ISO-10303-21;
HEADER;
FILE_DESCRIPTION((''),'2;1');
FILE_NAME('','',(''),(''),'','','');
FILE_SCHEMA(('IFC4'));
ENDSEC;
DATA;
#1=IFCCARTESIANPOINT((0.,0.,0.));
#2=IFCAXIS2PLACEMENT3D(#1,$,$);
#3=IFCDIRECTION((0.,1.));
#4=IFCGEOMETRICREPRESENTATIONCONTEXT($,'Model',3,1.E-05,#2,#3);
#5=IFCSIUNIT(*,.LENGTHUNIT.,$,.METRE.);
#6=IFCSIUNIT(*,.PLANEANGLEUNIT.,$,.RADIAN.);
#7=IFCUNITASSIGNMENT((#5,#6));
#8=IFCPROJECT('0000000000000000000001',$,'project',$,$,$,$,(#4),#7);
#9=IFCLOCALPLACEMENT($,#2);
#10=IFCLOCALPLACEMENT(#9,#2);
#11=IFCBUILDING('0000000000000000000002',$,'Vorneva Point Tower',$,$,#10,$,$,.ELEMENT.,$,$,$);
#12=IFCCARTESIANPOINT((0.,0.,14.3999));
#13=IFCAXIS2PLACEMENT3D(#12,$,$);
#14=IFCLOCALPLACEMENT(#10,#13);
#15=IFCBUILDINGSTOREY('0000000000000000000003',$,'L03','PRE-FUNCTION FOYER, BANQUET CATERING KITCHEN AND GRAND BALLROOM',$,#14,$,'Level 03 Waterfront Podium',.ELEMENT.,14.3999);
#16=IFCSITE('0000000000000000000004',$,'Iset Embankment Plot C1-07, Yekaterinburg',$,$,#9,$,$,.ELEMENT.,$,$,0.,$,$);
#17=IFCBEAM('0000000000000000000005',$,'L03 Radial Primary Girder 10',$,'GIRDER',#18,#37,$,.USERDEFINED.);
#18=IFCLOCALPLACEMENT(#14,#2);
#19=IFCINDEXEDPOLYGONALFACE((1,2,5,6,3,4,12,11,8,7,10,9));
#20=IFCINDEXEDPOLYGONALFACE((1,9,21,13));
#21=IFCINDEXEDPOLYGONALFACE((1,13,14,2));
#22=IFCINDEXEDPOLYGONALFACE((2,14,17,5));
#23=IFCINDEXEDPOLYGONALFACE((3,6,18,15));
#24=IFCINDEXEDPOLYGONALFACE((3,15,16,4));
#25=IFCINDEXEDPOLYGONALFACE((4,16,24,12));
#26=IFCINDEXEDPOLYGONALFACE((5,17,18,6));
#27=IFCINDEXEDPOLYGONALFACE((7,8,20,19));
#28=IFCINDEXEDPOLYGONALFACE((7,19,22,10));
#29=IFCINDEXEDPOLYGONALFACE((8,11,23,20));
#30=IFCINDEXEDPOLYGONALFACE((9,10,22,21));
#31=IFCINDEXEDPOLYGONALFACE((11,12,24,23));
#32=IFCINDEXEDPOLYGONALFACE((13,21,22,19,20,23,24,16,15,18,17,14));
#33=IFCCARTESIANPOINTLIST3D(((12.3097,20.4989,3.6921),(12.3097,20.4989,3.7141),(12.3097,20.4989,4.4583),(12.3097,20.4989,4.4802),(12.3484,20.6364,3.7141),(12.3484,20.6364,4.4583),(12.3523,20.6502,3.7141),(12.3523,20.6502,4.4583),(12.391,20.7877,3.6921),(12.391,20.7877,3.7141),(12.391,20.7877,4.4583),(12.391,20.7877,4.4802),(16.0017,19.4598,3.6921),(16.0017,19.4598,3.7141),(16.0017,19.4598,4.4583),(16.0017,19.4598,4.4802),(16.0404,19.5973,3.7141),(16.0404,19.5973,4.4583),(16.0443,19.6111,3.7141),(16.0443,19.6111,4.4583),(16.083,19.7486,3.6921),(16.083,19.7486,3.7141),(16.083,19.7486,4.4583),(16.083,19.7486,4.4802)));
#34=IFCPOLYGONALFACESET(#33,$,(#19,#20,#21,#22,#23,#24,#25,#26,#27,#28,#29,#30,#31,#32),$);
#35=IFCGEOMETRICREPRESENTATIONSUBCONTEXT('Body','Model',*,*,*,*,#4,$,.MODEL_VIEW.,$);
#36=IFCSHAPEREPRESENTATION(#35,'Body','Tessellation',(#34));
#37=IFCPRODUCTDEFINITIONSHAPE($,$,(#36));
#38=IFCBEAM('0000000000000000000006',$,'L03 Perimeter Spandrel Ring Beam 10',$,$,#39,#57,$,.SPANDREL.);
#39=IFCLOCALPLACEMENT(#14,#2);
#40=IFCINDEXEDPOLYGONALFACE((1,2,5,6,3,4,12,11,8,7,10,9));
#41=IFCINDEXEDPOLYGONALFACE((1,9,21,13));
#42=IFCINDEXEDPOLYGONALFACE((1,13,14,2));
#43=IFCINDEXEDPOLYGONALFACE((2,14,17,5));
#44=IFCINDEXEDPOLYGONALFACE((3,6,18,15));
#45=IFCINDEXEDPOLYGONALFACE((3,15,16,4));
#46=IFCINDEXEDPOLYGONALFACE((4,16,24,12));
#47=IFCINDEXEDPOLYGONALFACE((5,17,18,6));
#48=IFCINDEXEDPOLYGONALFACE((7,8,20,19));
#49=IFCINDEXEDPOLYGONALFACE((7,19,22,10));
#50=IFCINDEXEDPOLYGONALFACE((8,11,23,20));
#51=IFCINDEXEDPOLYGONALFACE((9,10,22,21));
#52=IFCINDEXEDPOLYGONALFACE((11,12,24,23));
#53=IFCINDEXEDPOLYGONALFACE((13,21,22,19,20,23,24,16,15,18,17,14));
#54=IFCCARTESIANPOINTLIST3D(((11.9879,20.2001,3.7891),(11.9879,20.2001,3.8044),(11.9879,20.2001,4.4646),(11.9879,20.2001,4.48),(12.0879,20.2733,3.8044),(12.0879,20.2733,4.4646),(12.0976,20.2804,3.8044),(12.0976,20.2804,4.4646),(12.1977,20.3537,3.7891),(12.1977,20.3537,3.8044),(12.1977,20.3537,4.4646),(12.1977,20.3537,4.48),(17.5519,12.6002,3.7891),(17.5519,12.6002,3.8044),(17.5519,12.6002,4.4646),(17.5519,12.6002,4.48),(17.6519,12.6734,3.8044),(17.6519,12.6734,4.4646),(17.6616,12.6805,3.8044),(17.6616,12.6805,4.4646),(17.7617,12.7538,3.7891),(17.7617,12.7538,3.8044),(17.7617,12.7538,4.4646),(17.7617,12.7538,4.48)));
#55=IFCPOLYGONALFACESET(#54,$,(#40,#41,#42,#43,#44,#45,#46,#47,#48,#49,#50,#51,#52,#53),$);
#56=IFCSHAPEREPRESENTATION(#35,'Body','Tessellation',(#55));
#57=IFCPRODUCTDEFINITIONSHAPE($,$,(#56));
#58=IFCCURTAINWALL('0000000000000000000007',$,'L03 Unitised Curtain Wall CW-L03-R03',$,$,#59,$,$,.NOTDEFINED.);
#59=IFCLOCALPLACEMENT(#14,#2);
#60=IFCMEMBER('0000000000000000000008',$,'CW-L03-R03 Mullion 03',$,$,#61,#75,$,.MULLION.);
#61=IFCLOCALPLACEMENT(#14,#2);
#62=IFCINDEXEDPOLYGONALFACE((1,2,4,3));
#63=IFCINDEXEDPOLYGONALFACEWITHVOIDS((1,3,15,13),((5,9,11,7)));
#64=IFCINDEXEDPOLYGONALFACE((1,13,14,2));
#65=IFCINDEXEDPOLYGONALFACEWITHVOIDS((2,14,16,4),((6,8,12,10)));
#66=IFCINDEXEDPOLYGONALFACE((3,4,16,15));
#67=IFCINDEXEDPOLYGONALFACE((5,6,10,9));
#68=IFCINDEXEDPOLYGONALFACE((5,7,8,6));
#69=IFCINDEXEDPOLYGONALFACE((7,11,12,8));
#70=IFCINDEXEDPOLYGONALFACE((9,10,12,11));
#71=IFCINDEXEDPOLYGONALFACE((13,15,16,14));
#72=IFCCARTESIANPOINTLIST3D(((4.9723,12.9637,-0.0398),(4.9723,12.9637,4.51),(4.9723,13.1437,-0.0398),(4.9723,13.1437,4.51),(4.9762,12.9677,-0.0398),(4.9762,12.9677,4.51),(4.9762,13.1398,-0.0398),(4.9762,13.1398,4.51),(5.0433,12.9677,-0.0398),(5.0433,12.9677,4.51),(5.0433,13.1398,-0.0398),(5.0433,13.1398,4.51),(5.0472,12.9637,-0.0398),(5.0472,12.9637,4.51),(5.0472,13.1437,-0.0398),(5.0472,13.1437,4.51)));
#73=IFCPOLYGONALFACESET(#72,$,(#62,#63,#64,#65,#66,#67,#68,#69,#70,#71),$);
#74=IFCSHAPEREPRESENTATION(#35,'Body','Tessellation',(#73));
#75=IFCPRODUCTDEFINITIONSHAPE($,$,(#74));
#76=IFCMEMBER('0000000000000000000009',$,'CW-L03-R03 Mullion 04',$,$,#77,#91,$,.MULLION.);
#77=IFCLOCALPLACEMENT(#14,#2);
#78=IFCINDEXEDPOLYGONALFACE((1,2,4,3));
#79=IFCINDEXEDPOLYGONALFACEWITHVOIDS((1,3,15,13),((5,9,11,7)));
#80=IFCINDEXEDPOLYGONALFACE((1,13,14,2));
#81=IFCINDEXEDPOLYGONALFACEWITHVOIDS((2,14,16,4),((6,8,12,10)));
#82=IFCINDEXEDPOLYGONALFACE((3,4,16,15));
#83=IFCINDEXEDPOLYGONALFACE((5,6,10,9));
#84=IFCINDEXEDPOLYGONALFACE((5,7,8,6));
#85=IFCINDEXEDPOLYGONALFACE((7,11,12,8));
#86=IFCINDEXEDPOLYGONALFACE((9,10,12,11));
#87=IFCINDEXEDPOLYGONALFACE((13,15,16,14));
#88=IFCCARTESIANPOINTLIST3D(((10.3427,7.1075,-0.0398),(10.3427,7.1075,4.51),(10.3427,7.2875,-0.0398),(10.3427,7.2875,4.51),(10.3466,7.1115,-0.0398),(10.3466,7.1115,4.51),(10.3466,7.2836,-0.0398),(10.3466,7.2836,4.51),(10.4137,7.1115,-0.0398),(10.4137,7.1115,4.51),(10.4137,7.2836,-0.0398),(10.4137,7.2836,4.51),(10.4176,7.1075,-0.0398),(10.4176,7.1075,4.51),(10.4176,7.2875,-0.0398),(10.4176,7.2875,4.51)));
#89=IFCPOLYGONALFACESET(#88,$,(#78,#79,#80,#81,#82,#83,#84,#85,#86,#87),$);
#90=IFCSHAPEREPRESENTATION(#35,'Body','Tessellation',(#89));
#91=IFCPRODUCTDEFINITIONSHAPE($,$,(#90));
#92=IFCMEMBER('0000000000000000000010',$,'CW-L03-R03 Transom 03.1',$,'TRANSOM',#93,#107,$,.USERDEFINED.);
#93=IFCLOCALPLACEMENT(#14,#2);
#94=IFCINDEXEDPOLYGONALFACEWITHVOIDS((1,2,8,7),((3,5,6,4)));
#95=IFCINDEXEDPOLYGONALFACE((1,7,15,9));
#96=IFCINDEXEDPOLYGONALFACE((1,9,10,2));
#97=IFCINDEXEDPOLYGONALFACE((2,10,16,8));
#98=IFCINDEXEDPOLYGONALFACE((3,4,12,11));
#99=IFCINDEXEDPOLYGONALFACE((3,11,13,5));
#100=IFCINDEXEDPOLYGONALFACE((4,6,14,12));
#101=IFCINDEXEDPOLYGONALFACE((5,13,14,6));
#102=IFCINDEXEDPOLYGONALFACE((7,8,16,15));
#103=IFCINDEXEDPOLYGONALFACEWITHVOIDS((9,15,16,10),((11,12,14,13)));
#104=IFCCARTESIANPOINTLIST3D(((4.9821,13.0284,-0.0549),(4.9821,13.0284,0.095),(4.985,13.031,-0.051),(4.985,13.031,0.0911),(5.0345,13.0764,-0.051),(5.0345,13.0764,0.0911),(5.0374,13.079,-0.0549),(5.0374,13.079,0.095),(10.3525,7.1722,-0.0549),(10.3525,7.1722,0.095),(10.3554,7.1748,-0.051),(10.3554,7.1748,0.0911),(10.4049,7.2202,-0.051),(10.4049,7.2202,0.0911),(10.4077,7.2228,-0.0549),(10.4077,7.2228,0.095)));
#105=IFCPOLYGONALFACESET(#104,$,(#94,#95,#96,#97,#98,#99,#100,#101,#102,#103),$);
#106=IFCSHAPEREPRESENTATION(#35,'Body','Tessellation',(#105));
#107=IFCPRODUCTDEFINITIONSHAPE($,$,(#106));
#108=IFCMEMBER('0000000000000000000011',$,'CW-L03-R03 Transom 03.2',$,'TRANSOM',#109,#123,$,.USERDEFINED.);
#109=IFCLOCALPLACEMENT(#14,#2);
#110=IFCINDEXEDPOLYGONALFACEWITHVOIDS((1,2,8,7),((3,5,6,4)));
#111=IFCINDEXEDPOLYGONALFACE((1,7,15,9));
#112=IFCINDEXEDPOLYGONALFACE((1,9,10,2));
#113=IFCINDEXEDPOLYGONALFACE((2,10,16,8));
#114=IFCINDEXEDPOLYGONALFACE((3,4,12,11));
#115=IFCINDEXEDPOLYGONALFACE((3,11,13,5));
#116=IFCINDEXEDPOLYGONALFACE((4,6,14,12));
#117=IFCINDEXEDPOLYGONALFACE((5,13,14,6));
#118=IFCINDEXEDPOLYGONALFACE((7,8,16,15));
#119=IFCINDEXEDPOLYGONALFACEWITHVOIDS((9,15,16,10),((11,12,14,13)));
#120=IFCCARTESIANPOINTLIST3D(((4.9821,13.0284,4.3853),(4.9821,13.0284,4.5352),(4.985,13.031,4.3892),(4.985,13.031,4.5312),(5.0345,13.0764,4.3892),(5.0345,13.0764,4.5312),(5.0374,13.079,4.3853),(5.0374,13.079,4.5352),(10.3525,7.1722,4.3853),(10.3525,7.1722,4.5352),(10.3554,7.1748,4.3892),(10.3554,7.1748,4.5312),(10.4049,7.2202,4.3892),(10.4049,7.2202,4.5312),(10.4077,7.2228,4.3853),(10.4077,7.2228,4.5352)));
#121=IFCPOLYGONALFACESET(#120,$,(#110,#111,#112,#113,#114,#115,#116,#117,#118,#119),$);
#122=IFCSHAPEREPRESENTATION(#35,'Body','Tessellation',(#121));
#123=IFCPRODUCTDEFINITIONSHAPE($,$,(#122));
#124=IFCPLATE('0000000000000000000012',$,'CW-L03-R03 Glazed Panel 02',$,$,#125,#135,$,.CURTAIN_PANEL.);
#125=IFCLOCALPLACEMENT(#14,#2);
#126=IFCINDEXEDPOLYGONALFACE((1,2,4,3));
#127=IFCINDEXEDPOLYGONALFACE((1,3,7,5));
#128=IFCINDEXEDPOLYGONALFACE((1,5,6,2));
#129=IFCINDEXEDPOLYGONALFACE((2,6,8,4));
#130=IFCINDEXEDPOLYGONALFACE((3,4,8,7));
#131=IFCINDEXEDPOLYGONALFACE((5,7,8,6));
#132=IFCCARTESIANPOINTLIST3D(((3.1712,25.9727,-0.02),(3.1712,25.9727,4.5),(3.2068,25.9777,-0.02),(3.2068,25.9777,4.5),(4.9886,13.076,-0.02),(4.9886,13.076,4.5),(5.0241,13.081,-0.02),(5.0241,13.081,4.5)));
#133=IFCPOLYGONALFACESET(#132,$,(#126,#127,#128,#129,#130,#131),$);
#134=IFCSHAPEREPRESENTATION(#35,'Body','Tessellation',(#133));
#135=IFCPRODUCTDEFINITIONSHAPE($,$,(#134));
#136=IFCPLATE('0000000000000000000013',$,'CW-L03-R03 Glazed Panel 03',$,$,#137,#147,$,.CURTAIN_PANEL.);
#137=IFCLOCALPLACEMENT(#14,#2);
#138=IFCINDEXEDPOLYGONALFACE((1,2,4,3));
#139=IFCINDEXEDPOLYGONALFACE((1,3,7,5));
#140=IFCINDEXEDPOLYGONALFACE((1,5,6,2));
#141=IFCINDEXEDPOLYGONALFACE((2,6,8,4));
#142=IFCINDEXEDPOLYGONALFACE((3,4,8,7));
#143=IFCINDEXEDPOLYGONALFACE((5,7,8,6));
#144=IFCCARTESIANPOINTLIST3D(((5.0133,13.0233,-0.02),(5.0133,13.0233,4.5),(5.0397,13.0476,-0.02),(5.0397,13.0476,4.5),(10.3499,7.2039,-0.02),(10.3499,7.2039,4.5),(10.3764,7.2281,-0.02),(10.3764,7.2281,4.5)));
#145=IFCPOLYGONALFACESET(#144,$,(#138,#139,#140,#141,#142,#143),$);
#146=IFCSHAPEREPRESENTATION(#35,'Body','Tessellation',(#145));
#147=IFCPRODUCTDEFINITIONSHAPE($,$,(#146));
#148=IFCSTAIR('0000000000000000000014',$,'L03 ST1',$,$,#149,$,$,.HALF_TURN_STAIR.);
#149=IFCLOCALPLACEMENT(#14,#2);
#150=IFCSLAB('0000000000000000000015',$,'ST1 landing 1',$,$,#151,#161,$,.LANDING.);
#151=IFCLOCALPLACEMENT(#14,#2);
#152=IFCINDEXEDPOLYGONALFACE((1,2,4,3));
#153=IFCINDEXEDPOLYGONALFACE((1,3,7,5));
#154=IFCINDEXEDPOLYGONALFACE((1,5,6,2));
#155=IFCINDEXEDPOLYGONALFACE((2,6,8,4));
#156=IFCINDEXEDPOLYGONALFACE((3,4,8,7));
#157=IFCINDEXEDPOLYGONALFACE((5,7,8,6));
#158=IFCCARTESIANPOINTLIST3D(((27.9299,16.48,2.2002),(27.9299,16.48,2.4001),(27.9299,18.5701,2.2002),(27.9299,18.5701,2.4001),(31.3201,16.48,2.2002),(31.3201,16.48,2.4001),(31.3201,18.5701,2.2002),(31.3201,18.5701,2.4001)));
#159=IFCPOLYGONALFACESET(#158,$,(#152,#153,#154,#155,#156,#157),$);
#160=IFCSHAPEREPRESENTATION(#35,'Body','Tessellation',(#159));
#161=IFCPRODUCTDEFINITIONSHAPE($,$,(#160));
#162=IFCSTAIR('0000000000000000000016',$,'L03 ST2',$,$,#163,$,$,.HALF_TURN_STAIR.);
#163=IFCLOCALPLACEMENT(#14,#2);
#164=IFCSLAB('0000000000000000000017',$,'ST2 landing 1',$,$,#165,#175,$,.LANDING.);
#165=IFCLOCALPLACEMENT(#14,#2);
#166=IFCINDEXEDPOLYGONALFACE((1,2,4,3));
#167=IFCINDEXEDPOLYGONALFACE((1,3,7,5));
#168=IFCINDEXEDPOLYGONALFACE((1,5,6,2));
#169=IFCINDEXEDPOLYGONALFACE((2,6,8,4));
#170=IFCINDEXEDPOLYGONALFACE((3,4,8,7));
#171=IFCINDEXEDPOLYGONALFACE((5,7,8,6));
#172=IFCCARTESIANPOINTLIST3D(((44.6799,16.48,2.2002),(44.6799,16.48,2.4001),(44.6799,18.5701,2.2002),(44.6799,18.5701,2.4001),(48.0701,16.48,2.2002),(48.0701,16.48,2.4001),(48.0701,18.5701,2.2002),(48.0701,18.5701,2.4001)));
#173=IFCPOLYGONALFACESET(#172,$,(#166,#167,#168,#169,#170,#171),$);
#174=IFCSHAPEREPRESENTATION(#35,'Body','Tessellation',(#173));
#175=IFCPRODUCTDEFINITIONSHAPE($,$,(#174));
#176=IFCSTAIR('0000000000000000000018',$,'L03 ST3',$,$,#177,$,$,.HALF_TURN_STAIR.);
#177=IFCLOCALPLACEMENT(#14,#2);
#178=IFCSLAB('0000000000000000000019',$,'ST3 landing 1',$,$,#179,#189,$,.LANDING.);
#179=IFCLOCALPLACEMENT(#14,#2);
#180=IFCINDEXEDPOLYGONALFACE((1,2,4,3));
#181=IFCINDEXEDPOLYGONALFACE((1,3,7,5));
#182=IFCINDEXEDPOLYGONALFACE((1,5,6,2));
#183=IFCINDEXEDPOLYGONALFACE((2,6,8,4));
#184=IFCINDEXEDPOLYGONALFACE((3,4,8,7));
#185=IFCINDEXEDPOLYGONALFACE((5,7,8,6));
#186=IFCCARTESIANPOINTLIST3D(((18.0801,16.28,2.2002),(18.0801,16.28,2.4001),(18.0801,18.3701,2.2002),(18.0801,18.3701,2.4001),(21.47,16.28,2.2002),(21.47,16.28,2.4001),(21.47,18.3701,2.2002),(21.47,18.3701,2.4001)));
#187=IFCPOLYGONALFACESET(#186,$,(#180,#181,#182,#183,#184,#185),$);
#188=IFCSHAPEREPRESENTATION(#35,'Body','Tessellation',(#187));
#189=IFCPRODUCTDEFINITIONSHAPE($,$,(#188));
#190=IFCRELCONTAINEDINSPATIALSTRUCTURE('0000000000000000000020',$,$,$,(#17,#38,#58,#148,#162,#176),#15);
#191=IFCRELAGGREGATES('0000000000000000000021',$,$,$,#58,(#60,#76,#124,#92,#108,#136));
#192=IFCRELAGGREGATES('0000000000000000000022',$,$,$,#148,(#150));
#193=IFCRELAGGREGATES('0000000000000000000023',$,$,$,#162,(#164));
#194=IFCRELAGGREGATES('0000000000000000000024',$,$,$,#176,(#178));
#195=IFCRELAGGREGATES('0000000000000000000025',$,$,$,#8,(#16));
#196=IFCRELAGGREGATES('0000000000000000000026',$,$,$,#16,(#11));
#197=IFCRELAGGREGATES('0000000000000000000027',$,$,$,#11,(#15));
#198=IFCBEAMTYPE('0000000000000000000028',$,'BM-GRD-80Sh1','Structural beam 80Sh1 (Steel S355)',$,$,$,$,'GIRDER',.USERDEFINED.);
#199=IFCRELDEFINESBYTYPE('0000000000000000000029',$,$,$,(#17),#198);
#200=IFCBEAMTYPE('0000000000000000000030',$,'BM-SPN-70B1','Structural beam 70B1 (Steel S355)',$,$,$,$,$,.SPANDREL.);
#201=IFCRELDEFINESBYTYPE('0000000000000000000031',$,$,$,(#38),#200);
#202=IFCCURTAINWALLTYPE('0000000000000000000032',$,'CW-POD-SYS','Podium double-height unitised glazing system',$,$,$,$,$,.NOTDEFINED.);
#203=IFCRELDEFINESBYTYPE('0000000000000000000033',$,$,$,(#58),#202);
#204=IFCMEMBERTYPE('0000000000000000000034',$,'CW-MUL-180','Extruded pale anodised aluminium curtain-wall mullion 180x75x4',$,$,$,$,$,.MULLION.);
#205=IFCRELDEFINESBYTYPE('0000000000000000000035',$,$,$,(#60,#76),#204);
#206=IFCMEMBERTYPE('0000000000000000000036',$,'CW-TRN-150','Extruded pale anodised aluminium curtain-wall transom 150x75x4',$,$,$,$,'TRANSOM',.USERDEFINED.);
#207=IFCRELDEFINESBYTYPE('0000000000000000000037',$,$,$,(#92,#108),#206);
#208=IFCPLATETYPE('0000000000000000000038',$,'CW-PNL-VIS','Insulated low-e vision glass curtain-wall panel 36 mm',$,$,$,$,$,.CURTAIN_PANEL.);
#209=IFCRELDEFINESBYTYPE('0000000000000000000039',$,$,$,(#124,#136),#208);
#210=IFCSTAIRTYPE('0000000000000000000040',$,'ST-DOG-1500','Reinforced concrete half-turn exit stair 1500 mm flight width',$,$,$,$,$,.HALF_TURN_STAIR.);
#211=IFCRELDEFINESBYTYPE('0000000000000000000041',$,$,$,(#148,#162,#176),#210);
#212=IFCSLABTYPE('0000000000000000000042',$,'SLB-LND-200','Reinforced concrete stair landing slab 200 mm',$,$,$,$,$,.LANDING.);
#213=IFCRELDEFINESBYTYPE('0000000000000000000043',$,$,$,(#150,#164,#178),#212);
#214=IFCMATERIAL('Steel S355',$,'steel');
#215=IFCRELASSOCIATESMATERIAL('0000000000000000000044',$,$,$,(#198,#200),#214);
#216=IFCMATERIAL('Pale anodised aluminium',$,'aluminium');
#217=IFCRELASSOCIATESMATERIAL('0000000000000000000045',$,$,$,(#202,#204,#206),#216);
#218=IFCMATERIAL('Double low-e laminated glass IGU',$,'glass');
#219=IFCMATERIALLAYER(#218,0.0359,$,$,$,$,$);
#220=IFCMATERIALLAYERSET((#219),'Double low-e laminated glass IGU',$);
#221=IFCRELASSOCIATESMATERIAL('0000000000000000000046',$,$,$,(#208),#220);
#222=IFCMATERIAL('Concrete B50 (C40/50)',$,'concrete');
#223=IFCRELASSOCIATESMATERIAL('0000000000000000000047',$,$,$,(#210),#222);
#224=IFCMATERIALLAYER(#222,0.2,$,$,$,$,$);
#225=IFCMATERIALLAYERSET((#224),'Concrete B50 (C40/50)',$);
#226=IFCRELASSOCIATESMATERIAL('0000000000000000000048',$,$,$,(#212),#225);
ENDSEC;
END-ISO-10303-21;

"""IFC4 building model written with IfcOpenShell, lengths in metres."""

from ifc_helpers import new_model, si_unit, direction, frame, origin, origin_2d, place, context, subcontext, project, spatial, polyline, rectangle, hollow_rectangle, i_section, outline, extrude, material, layer, layer_set, material_profile, profile_set, type_object, element, aggregate, save


model = new_model("IFC4")

# Units and contexts
model_context = context("Model", 3, precision=1e-05, world=origin(), true_north=direction((0.0, 1.0)))
body_context = subcontext(model_context, "Body", "Model", "MODEL_VIEW")
ifc_project = project(units=[si_unit("LENGTHUNIT", "METRE"), si_unit("PLANEANGLEUNIT", "RADIAN")], contexts=[model_context])

# Site, building, storey
site_placement = place(None, origin())
site = spatial("IfcSite", under=ifc_project, at=site_placement, Name="Iset Embankment Plot C1-07, Yekaterinburg", CompositionType="ELEMENT", RefElevation=0.0)
building_placement = place(site_placement, origin())
building = spatial("IfcBuilding", under=site, at=building_placement, Name="Vorneva Point Tower", CompositionType="ELEMENT")
storey_placement = place(building_placement, frame((0.0, 0.0, 14.3999)))
storey = spatial("IfcBuildingStorey", under=building, at=storey_placement, Name="L03", Description="PRE-FUNCTION FOYER, BANQUET CATERING KITCHEN AND GRAND BALLROOM", LongName="Level 03 Waterfront Podium", CompositionType="ELEMENT", Elevation=14.3999)

# Beams
ifc_material_1 = material(Name="Steel S355", Category="steel")
ifc_material_profile_1 = material_profile(ifc_material_1, i_section(OverallWidth=0.3, OverallDepth=0.7881, WebThickness=0.0144, FlangeThickness=0.022, at=origin_2d()), Name="80Sh1")
ifc_profile_set_1 = profile_set([ifc_material_profile_1], Name="Steel S355")
beam_type_1 = type_object("IfcBeamType", Name="BM-GRD-80Sh1", Description="Structural beam 80Sh1 (Steel S355)", ElementType="GIRDER", PredefinedType="USERDEFINED", material=ifc_profile_set_1)
beam_1_placement = place(storey_placement, frame((12.3503, 20.6433, 4.0862), z_axis=(0.962602, -0.270919, 0.0), x_axis=(0.270919, 0.962602, 0.0)))
element("IfcBeam", 1, at=beam_1_placement, inside=storey, type_object=beam_type_1, Name="L03 Radial Primary Girder 10", ObjectType="GIRDER", PredefinedType="USERDEFINED", context=body_context, shape_type="SweptSolid", body=[
    extrude(i_section(OverallWidth=0.3, OverallDepth=0.7881, WebThickness=0.0144, FlangeThickness=0.022, at=origin_2d()), origin(), (0.0, 0.0, 1.0), 3.8354),
])
ifc_material_profile_2 = material_profile(ifc_material_1, i_section(OverallWidth=0.26, OverallDepth=0.6909, WebThickness=0.012, FlangeThickness=0.0154, at=origin_2d()), Name="70B1")
ifc_profile_set_2 = profile_set([ifc_material_profile_2], Name="Steel S355")
beam_type_2 = type_object("IfcBeamType", Name="BM-SPN-70B1", Description="Structural beam 70B1 (Steel S355)", PredefinedType="SPANDREL", material=ifc_profile_set_2)
beam_2_placement = place(storey_placement, frame((12.0928, 20.2769, 4.1345), z_axis=(0.590724, -0.806874, 0.0), x_axis=(0.806874, 0.590724, 0.0)))
element("IfcBeam", 2, at=beam_2_placement, inside=storey, type_object=beam_type_2, Name="L03 Perimeter Spandrel Ring Beam 10", PredefinedType="SPANDREL", context=body_context, shape_type="SweptSolid", body=[
    extrude(i_section(OverallWidth=0.26, OverallDepth=0.6909, WebThickness=0.012, FlangeThickness=0.0154, at=origin_2d()), origin(), (0.0, 0.0, 1.0), 9.4189),
])

# Curtain wall, members, plates
ifc_material_2 = material(Name="Pale anodised aluminium", Category="aluminium")
curtain_wall_type = type_object("IfcCurtainWallType", Name="CW-POD-SYS", Description="Podium double-height unitised glazing system", PredefinedType="NOTDEFINED", material=ifc_material_2)
curtain_wall_placement = place(storey_placement, origin())
curtain_wall = element("IfcCurtainWall", 3, at=curtain_wall_placement, inside=storey, type_object=curtain_wall_type, Name="L03 Unitised Curtain Wall CW-L03-R03", PredefinedType="NOTDEFINED")
ifc_material_profile_3 = material_profile(ifc_material_2, hollow_rectangle(XDim=0.075, YDim=0.1799, WallThickness=0.0039, at=origin_2d()), Name="AL-MUL 180x75x4")
ifc_profile_set_3 = profile_set([ifc_material_profile_3], Name="Pale anodised aluminium")
member_type_1 = type_object("IfcMemberType", Name="CW-MUL-180", Description="Extruded pale anodised aluminium curtain-wall mullion 180x75x4", PredefinedType="MULLION", material=ifc_profile_set_3)
member_1_placement = place(storey_placement, frame((5.0098, 13.0537, -0.0398), z_axis=(0.0, 0.0, 1.0), x_axis=(1.0, 0.0, 0.0)))
member_1 = element("IfcMember", 4, at=member_1_placement, type_object=member_type_1, Name="CW-L03-R03 Mullion 03", PredefinedType="MULLION", context=body_context, shape_type="SweptSolid", body=[
    extrude(hollow_rectangle(XDim=0.075, YDim=0.1799, WallThickness=0.0039, at=origin_2d()), origin(), (0.0, 0.0, 1.0), 4.5498),
])
member_2_placement = place(storey_placement, frame((10.3801, 7.1975, -0.0398), z_axis=(0.0, 0.0, 1.0), x_axis=(1.0, 0.0, 0.0)))
member_2 = element("IfcMember", 5, at=member_2_placement, type_object=member_type_1, Name="CW-L03-R03 Mullion 04", PredefinedType="MULLION", context=body_context, shape_type="SweptSolid", body=[
    extrude(hollow_rectangle(XDim=0.075, YDim=0.1799, WallThickness=0.0039, at=origin_2d()), origin(), (0.0, 0.0, 1.0), 4.5498),
])
ifc_material_profile_4 = material_profile(ifc_material_2, hollow_rectangle(XDim=0.075, YDim=0.1499, WallThickness=0.0039, at=origin_2d()), Name="AL-TRN 150x75x4")
ifc_profile_set_4 = profile_set([ifc_material_profile_4], Name="Pale anodised aluminium")
member_type_2 = type_object("IfcMemberType", Name="CW-TRN-150", Description="Extruded pale anodised aluminium curtain-wall transom 150x75x4", ElementType="TRANSOM", PredefinedType="USERDEFINED", material=ifc_profile_set_4)
member_3_placement = place(storey_placement, frame((5.0098, 13.0537, 0.02), z_axis=(0.675873, -0.737018, 0.0), x_axis=(0.737018, 0.675873, 0.0)))
member_3 = element("IfcMember", 6, at=member_3_placement, type_object=member_type_2, Name="CW-L03-R03 Transom 03.1", ObjectType="TRANSOM", PredefinedType="USERDEFINED", context=body_context, shape_type="SweptSolid", body=[
    extrude(hollow_rectangle(XDim=0.075, YDim=0.1499, WallThickness=0.0039, at=origin_2d()), origin(), (0.0, 0.0, 1.0), 7.9458),
])
member_4_placement = place(storey_placement, frame((5.0098, 13.0537, 4.4602), z_axis=(0.675873, -0.737018, 0.0), x_axis=(0.737018, 0.675873, 0.0)))
member_4 = element("IfcMember", 7, at=member_4_placement, type_object=member_type_2, Name="CW-L03-R03 Transom 03.2", ObjectType="TRANSOM", PredefinedType="USERDEFINED", context=body_context, shape_type="SweptSolid", body=[
    extrude(hollow_rectangle(XDim=0.075, YDim=0.1499, WallThickness=0.0039, at=origin_2d()), origin(), (0.0, 0.0, 1.0), 7.9458),
])
ifc_material_3 = material(Name="Double low-e laminated glass IGU", Category="glass")
ifc_layer_1 = layer(ifc_material_3, 0.0359)
ifc_layer_set_1 = layer_set([ifc_layer_1], Name="Double low-e laminated glass IGU")
plate_type = type_object("IfcPlateType", Name="CW-PNL-VIS", Description="Insulated low-e vision glass curtain-wall panel 36 mm", PredefinedType="CURTAIN_PANEL", material=ifc_layer_set_1)
plate_1_placement = place(storey_placement, frame((4.0977, 19.5269, -0.02), z_axis=(0.0, 0.0, 1.0), x_axis=(0.139536, -0.990217, 0.0)))
plate_1 = element("IfcPlate", 8, at=plate_1_placement, type_object=plate_type, Name="CW-L03-R03 Glazed Panel 02", PredefinedType="CURTAIN_PANEL", context=body_context, shape_type="SweptSolid", body=[
    extrude(rectangle(XDim=13.0242, YDim=0.0359, at=origin_2d()), origin(), (0.0, 0.0, 1.0), 4.52),
])
plate_2_placement = place(storey_placement, frame((7.6948, 10.1257, -0.02), z_axis=(0.0, 0.0, 1.0), x_axis=(0.675873, -0.737018, 0.0)))
plate_2 = element("IfcPlate", 9, at=plate_2_placement, type_object=plate_type, Name="CW-L03-R03 Glazed Panel 03", PredefinedType="CURTAIN_PANEL", context=body_context, shape_type="SweptSolid", body=[
    extrude(rectangle(XDim=7.896, YDim=0.0359, at=origin_2d()), origin(), (0.0, 0.0, 1.0), 4.52),
])
aggregate(curtain_wall, [member_1, member_2, plate_1, member_3, member_4, plate_2])

# Stairs, slabs
ifc_material_4 = material(Name="Concrete B50 (C40/50)", Category="concrete")
stair_type = type_object("IfcStairType", Name="ST-DOG-1500", Description="Reinforced concrete half-turn exit stair 1500 mm flight width", PredefinedType="HALF_TURN_STAIR", material=ifc_material_4)
stair_1_placement = place(storey_placement, origin())
stair_1 = element("IfcStair", 10, at=stair_1_placement, inside=storey, type_object=stair_type, Name="L03 ST1", PredefinedType="HALF_TURN_STAIR")
ifc_layer_2 = layer(ifc_material_4, 0.2)
ifc_layer_set_2 = layer_set([ifc_layer_2], Name="Concrete B50 (C40/50)")
slab_type_1 = type_object("IfcSlabType", Name="SLB-LND-200", Description="Reinforced concrete stair landing slab 200 mm", PredefinedType="LANDING", material=ifc_layer_set_2)
slab_1_placement = place(storey_placement, frame((0.0, 0.0, 2.2002)))
slab_1 = element("IfcSlab", 11, at=slab_1_placement, type_object=slab_type_1, Name="ST1 landing 1", PredefinedType="LANDING", context=body_context, shape_type="SweptSolid", body=[
    extrude(outline(polyline([(27.9299, 16.48), (31.3201, 16.48), (31.3201, 18.5701), (27.9299, 18.5701), (27.9299, 16.48)])), origin(), (0.0, 0.0, 1.0), 0.2),
])
aggregate(stair_1, [slab_1])
stair_2_placement = place(storey_placement, origin())
stair_2 = element("IfcStair", 12, at=stair_2_placement, inside=storey, type_object=stair_type, Name="L03 ST2", PredefinedType="HALF_TURN_STAIR")
slab_2_placement = place(storey_placement, frame((0.0, 0.0, 2.2002)))
slab_2 = element("IfcSlab", 13, at=slab_2_placement, type_object=slab_type_1, Name="ST2 landing 1", PredefinedType="LANDING", context=body_context, shape_type="SweptSolid", body=[
    extrude(outline(polyline([(44.6799, 16.48), (48.0701, 16.48), (48.0701, 18.5701), (44.6799, 18.5701), (44.6799, 16.48)])), origin(), (0.0, 0.0, 1.0), 0.2),
])
aggregate(stair_2, [slab_2])
stair_3_placement = place(storey_placement, origin())
stair_3 = element("IfcStair", 14, at=stair_3_placement, inside=storey, type_object=stair_type, Name="L03 ST3", PredefinedType="HALF_TURN_STAIR")
slab_3_placement = place(storey_placement, frame((0.0, 0.0, 2.2002)))
slab_3 = element("IfcSlab", 15, at=slab_3_placement, type_object=slab_type_1, Name="ST3 landing 1", PredefinedType="LANDING", context=body_context, shape_type="SweptSolid", body=[
    extrude(outline(polyline([(18.0801, 16.28), (21.47, 16.28), (21.47, 18.3701), (18.0801, 18.3701), (18.0801, 16.28)])), origin(), (0.0, 0.0, 1.0), 0.2),
])
aggregate(stair_3, [slab_3])

save(model, "model.ifc")
